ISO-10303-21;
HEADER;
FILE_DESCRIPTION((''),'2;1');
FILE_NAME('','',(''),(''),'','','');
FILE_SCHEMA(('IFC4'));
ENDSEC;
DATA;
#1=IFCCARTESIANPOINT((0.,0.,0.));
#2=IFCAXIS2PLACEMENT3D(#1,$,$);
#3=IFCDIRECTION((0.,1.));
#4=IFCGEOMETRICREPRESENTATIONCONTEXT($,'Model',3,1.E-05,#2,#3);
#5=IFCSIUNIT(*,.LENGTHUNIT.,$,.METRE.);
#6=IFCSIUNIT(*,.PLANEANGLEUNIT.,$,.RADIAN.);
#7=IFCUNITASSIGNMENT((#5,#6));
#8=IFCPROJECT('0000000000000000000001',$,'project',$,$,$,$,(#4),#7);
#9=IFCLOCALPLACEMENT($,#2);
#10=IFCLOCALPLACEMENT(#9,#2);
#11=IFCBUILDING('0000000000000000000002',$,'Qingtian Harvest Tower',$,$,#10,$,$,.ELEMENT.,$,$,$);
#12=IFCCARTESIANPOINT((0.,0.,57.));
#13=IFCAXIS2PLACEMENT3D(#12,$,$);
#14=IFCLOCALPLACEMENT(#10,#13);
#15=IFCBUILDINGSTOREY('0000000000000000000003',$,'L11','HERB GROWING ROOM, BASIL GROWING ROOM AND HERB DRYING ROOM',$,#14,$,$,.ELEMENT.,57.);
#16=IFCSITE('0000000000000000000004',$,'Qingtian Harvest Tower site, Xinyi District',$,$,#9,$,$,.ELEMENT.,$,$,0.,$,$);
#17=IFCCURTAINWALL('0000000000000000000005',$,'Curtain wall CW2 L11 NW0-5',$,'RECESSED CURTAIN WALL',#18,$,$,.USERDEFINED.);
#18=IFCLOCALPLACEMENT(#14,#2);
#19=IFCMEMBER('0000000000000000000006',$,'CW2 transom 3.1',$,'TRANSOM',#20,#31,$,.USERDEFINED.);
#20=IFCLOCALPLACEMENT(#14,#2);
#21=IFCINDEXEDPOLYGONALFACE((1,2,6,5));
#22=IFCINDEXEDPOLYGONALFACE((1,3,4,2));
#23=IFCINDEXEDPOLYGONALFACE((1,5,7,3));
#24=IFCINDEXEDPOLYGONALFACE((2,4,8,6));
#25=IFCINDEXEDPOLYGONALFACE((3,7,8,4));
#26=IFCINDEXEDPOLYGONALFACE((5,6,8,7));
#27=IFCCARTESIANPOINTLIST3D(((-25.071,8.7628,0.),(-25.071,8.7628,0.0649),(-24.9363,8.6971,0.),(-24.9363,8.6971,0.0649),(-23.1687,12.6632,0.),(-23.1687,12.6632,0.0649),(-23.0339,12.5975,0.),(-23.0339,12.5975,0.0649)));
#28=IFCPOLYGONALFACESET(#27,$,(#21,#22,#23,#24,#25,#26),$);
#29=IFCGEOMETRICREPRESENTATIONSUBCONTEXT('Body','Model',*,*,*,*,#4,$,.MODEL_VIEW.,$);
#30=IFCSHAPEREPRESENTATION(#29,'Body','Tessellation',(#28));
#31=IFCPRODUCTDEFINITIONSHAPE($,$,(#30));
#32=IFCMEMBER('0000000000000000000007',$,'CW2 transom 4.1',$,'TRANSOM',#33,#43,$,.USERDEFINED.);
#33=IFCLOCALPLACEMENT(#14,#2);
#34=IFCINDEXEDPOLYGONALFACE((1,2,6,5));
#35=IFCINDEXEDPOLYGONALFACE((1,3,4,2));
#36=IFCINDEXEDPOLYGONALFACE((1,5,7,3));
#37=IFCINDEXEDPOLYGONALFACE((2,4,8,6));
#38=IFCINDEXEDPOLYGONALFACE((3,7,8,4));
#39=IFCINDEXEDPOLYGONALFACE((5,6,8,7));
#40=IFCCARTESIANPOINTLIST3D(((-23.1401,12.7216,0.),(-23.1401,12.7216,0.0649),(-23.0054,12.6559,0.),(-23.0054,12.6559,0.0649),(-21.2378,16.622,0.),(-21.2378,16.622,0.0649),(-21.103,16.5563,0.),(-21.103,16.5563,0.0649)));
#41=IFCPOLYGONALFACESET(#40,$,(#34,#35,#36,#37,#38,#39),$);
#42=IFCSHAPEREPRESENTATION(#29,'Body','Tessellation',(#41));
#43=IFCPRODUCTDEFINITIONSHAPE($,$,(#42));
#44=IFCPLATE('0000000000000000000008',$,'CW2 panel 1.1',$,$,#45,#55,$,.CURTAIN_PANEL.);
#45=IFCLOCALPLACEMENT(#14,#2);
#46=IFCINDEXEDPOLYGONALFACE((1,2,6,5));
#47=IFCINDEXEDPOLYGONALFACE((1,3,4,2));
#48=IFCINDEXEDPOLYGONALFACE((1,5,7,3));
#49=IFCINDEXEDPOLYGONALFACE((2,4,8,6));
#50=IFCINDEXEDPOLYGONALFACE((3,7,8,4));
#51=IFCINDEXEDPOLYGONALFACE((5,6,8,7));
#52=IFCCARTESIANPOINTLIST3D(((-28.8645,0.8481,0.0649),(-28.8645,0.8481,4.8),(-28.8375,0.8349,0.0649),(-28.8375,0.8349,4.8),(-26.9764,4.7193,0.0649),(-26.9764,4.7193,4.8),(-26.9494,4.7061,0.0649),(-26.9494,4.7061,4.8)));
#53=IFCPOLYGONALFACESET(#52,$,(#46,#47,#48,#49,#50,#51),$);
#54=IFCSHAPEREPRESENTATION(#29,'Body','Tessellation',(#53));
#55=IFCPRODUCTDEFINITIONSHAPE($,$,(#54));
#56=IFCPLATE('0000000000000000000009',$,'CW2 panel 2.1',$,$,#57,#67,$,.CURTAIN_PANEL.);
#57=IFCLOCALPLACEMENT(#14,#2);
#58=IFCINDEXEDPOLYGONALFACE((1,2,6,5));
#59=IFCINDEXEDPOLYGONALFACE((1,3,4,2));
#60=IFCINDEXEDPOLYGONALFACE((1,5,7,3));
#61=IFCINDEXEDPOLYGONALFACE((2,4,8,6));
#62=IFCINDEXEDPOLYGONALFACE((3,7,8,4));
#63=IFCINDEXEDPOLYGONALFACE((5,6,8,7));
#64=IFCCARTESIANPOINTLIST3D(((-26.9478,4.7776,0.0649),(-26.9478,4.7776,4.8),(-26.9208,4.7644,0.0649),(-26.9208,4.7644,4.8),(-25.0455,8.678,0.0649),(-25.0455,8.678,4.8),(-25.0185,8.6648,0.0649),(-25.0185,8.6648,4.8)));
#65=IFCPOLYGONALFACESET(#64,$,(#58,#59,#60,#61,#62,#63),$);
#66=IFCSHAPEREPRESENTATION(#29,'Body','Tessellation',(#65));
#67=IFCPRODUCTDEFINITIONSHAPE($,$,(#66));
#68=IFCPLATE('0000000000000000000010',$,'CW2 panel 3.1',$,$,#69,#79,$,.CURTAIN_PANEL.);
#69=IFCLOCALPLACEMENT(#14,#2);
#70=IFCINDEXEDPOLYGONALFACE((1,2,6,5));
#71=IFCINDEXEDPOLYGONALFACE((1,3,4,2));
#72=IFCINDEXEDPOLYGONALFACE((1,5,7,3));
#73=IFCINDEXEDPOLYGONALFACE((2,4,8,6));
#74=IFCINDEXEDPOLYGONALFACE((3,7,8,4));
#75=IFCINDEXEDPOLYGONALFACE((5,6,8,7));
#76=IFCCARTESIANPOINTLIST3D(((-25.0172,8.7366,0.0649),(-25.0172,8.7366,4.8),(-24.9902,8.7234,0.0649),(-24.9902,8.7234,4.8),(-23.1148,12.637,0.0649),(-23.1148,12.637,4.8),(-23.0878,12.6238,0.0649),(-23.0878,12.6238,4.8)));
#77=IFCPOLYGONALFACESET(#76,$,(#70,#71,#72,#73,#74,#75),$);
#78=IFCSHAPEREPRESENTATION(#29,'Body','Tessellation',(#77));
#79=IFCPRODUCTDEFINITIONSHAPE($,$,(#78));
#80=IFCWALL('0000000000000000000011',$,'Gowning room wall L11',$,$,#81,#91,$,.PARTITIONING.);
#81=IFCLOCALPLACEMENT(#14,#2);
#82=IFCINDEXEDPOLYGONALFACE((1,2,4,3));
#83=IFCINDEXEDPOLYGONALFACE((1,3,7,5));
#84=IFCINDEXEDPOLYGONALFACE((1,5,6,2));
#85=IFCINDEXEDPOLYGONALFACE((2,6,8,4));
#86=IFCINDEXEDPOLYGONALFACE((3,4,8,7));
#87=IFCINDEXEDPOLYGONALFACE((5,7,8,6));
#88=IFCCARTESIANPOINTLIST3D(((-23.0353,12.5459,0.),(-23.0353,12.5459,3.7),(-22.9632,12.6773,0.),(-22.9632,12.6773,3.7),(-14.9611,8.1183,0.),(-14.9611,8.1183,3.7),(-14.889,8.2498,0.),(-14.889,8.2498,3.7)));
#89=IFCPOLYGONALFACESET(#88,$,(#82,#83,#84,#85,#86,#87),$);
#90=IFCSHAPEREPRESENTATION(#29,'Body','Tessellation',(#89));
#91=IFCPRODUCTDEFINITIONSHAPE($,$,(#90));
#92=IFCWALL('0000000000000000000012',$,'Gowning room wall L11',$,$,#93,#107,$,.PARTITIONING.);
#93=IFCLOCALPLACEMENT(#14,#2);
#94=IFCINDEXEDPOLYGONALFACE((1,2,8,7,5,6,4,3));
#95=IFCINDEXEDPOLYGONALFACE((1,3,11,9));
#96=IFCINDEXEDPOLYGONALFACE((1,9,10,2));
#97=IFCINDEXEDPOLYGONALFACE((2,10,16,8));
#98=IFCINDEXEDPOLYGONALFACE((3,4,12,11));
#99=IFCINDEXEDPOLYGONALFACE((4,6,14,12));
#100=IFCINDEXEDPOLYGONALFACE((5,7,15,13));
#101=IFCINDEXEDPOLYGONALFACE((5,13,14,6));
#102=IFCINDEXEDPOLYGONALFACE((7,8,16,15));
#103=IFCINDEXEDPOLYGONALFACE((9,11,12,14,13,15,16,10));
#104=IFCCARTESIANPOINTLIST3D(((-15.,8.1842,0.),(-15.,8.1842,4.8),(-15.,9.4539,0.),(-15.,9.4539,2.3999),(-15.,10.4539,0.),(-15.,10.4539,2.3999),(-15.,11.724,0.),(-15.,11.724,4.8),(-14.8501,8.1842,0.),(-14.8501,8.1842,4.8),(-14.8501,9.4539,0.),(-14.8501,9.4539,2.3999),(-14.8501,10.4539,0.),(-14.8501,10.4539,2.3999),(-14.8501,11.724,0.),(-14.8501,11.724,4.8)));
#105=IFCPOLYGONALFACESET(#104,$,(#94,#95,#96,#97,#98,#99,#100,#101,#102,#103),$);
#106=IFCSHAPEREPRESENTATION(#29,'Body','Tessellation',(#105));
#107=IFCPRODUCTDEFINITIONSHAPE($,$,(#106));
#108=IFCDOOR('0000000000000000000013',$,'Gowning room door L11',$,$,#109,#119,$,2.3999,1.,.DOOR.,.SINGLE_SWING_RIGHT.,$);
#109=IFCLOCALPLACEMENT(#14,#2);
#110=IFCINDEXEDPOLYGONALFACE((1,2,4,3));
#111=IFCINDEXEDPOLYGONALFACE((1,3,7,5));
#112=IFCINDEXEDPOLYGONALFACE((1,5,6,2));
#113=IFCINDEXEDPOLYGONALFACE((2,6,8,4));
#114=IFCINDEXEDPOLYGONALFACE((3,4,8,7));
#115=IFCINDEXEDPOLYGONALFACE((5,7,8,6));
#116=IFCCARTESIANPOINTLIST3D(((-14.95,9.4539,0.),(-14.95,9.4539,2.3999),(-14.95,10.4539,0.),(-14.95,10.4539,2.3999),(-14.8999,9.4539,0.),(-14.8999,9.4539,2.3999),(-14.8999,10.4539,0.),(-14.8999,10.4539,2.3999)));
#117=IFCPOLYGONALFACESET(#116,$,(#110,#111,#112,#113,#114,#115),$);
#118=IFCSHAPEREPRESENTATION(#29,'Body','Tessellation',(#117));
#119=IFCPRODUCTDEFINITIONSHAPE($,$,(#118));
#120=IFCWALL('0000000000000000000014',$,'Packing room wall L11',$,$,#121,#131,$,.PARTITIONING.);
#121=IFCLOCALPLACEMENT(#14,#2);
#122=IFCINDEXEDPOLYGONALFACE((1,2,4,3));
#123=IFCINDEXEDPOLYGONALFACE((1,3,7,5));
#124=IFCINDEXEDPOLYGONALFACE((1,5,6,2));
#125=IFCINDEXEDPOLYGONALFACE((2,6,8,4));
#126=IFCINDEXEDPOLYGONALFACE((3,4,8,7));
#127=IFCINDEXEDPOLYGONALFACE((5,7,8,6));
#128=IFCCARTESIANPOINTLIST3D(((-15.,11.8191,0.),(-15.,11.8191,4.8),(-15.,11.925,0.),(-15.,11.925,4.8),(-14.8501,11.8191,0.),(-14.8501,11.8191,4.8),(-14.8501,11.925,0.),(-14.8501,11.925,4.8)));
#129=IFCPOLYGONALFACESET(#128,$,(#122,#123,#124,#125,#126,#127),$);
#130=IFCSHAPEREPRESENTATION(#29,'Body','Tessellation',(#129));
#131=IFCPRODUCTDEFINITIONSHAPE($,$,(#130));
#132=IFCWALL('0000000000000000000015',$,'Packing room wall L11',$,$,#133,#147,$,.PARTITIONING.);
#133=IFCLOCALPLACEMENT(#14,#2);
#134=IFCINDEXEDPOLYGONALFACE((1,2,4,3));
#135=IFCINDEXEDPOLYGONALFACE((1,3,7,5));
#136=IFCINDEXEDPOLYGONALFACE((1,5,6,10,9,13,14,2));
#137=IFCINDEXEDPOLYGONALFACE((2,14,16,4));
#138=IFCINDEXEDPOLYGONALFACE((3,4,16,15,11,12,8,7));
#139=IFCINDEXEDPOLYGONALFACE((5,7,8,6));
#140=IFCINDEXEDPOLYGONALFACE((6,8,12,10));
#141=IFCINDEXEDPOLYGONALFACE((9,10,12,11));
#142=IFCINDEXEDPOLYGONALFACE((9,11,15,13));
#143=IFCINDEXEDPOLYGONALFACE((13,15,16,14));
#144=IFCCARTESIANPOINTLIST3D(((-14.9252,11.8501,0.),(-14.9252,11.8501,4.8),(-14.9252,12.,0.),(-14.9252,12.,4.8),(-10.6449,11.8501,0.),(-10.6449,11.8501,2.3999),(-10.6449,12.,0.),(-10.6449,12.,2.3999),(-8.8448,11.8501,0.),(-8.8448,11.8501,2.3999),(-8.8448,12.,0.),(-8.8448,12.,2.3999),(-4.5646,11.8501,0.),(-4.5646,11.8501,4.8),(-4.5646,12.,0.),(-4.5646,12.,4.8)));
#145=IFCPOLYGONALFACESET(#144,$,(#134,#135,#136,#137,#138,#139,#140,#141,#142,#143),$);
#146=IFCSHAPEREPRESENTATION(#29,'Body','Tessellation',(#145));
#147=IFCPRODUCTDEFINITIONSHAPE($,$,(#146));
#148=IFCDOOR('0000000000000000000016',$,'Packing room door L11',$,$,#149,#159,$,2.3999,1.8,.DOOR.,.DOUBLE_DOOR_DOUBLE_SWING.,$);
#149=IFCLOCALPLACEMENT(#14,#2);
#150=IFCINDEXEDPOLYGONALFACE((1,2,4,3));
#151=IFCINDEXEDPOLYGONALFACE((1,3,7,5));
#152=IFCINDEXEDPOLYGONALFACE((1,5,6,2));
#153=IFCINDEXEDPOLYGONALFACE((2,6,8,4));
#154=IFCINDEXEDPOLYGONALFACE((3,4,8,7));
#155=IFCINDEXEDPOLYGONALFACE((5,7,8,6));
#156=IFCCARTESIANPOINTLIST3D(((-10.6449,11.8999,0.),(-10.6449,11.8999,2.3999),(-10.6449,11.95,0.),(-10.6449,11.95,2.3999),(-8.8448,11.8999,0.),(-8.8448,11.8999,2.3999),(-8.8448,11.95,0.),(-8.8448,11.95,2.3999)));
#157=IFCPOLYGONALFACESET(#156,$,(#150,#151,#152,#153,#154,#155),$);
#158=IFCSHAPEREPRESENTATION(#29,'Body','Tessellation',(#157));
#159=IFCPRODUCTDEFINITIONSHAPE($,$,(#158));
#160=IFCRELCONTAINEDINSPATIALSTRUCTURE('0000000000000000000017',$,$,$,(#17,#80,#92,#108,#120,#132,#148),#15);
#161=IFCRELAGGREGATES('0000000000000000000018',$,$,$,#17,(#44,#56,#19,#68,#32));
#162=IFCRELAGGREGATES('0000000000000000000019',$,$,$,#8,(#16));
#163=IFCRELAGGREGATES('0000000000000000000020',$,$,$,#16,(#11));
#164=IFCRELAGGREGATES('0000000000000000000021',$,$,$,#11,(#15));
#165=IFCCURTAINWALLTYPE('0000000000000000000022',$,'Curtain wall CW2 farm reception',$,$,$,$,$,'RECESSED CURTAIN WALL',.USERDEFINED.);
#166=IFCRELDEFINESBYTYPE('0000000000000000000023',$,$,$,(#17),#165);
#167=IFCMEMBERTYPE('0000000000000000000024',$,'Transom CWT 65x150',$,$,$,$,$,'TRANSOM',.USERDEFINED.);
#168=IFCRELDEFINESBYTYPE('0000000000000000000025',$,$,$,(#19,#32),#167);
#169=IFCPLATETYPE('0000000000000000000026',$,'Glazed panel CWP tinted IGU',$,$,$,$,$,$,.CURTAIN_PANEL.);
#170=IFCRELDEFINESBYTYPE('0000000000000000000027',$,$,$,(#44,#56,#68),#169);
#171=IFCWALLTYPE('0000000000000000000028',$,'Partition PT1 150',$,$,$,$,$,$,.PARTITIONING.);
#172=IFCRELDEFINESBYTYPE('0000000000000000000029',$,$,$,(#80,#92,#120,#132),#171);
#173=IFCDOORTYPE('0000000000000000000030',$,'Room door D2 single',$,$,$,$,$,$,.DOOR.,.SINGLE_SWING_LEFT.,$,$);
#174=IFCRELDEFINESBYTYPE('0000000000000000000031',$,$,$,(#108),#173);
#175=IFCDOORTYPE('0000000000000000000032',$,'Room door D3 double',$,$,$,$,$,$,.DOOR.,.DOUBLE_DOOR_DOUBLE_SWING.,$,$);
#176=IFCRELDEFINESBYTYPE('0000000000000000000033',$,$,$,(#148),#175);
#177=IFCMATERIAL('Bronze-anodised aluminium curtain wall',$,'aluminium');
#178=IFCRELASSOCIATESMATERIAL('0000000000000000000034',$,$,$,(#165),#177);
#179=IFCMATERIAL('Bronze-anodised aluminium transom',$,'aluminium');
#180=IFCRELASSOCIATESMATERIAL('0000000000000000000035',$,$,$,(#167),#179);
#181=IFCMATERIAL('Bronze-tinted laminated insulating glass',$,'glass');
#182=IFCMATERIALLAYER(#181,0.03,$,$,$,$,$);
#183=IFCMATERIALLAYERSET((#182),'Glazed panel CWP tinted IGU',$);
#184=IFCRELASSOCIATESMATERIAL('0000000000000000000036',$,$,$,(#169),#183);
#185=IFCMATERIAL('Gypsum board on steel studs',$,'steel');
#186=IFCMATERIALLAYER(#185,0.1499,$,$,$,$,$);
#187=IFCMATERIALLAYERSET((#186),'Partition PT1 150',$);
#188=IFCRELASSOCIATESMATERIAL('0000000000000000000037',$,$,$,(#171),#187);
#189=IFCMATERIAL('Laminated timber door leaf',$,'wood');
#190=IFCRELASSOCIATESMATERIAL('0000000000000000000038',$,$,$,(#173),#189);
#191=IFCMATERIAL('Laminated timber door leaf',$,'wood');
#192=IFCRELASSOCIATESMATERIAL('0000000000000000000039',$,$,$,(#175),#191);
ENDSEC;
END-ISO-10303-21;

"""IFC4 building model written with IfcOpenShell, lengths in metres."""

from ifc_helpers import new_model, si_unit, direction, frame, frame_2d, origin, origin_2d, place, context, subcontext, project, spatial, rectangle, extrude, material, layer, layer_set, material_profile, profile_set, type_object, element, fill, aggregate, save


model = new_model("IFC4")

# Units and contexts
model_context = context("Model", 3, precision=1e-05, world=origin(), true_north=direction((0.0, 1.0)))
body_context = subcontext(model_context, "Body", "Model", "MODEL_VIEW")
ifc_project = project(units=[si_unit("LENGTHUNIT", "METRE"), si_unit("PLANEANGLEUNIT", "RADIAN")], contexts=[model_context])

# Site, building, storey
site_placement = place(None, origin())
site = spatial("IfcSite", under=ifc_project, at=site_placement, Name="Qingtian Harvest Tower site, Xinyi District", CompositionType="ELEMENT", RefElevation=0.0)
building_placement = place(site_placement, origin())
building = spatial("IfcBuilding", under=site, at=building_placement, Name="Qingtian Harvest Tower", CompositionType="ELEMENT")
storey_placement = place(building_placement, frame((0.0, 0.0, 57.0)))
storey = spatial("IfcBuildingStorey", under=building, at=storey_placement, Name="L11", Description="HERB GROWING ROOM, BASIL GROWING ROOM AND HERB DRYING ROOM", CompositionType="ELEMENT", Elevation=57.0)

# Shared definitions
ifc_material_1 = material(Name="Bronze-anodised aluminium curtain wall", Category="aluminium")
curtain_wall_type = type_object("IfcCurtainWallType", Name="Curtain wall CW2 farm reception", ElementType="RECESSED CURTAIN WALL", PredefinedType="USERDEFINED", material=ifc_material_1)

# Curtain wall
curtain_wall_1_placement = place(storey_placement, origin())
curtain_wall_1 = element("IfcCurtainWall", 1, at=curtain_wall_1_placement, inside=storey, type_object=curtain_wall_type, Name="Curtain wall CW2 L11 NW0-5", ObjectType="RECESSED CURTAIN WALL", PredefinedType="USERDEFINED")

# Members
ifc_material_2 = material(Name="Bronze-anodised aluminium transom", Category="aluminium")
ifc_material_profile_1 = material_profile(ifc_material_2, rectangle(XDim=0.1499, YDim=0.0649, at=origin_2d()), Name="AL 65x150")
ifc_profile_set_1 = profile_set([ifc_material_profile_1], Name="Bronze-anodised aluminium transom")
member_type_1 = type_object("IfcMemberType", Name="Transom CWT 65x150", ElementType="TRANSOM", PredefinedType="USERDEFINED", material=ifc_profile_set_1)
member_1_placement = place(storey_placement, frame((-25.0037, 8.73, 0.0325), z_axis=(0.43837, 0.898794, 0.0), x_axis=(-0.898794, 0.43837, 0.0)))
member_1 = element("IfcMember", 2, at=member_1_placement, type_object=member_type_1, Name="CW2 transom 3.1", ObjectType="TRANSOM", PredefinedType="USERDEFINED", context=body_context, shape_type="SweptSolid", body=[
    extrude(rectangle(XDim=0.1499, YDim=0.0649, at=origin_2d()), origin(), (0.0, 0.0, 1.0), 4.3396),
])
member_2_placement = place(storey_placement, frame((-23.0728, 12.6887, 0.0325), z_axis=(0.43837, 0.898794, 0.0), x_axis=(-0.898794, 0.43837, 0.0)))
member_2 = element("IfcMember", 3, at=member_2_placement, type_object=member_type_1, Name="CW2 transom 4.1", ObjectType="TRANSOM", PredefinedType="USERDEFINED", context=body_context, shape_type="SweptSolid", body=[
    extrude(rectangle(XDim=0.1499, YDim=0.0649, at=origin_2d()), origin(), (0.0, 0.0, 1.0), 4.3396),
])

# Plates
ifc_material_3 = material(Name="Bronze-tinted laminated insulating glass", Category="glass")
ifc_layer_1 = layer(ifc_material_3, 0.03)
ifc_layer_set_1 = layer_set([ifc_layer_1], Name="Glazed panel CWP tinted IGU")
plate_type = type_object("IfcPlateType", Name="Glazed panel CWP tinted IGU", PredefinedType="CURTAIN_PANEL", material=ifc_layer_set_1)
plate_1_placement = place(storey_placement, frame((-27.907, 2.7771, 0.0649), z_axis=(0.0, 0.0, 1.0), x_axis=(0.438371, 0.898794, 0.0)))
plate_1 = element("IfcPlate", 4, at=plate_1_placement, type_object=plate_type, Name="CW2 panel 1.1", PredefinedType="CURTAIN_PANEL", context=body_context, shape_type="SweptSolid", body=[
    extrude(rectangle(XDim=4.3071, YDim=0.03, at=origin_2d()), origin(), (0.0, 0.0, 1.0), 4.7351),
])
plate_2_placement = place(storey_placement, frame((-25.9832, 6.7212, 0.0649), z_axis=(0.0, 0.0, 1.0), x_axis=(0.438371, 0.898794, 0.0)))
plate_2 = element("IfcPlate", 5, at=plate_2_placement, type_object=plate_type, Name="CW2 panel 2.1", PredefinedType="CURTAIN_PANEL", context=body_context, shape_type="SweptSolid", body=[
    extrude(rectangle(XDim=4.3396, YDim=0.03, at=origin_2d()), origin(), (0.0, 0.0, 1.0), 4.7351),
])
plate_3_placement = place(storey_placement, frame((-24.0525, 10.6802, 0.0649), z_axis=(0.0, 0.0, 1.0), x_axis=(0.438371, 0.898794, 0.0)))
plate_3 = element("IfcPlate", 6, at=plate_3_placement, type_object=plate_type, Name="CW2 panel 3.1", PredefinedType="CURTAIN_PANEL", context=body_context, shape_type="SweptSolid", body=[
    extrude(rectangle(XDim=4.3396, YDim=0.03, at=origin_2d()), origin(), (0.0, 0.0, 1.0), 4.7351),
])
aggregate(curtain_wall_1, [plate_1, plate_2, member_1, plate_3, member_2])

# Wall
ifc_material_4 = material(Name="Gypsum board on steel studs", Category="steel")
ifc_layer_2 = layer(ifc_material_4, 0.1499)
ifc_layer_set_2 = layer_set([ifc_layer_2], Name="Partition PT1 150")
wall_type = type_object("IfcWallType", Name="Partition PT1 150", PredefinedType="PARTITIONING", material=ifc_layer_set_2)
wall_1_placement = place(storey_placement, frame((-22.9993, 12.6116, 0.0), z_axis=(0.0, 0.0, 1.0), x_axis=(0.876826, -0.480807, 0.0)))
element("IfcWall", 7, at=wall_1_placement, inside=storey, type_object=wall_type, Name="Gowning room wall L11", PredefinedType="PARTITIONING", context=body_context, shape_type="SweptSolid", body=[
    extrude(rectangle(XDim=9.2085, YDim=0.1499, at=frame_2d((4.6042, 0.0))), origin(), (0.0, 0.0, 1.0), 3.7),
])

# Wall, opening, door
wall_2_placement = place(storey_placement, frame((-14.925, 8.1841, 0.0), z_axis=(0.0, 0.0, 1.0), x_axis=(0.0, 1.0, 0.0)))
wall_2 = element("IfcWall", 8, at=wall_2_placement, inside=storey, type_object=wall_type, Name="Gowning room wall L11", PredefinedType="PARTITIONING", context=body_context, shape_type="SweptSolid", body=[
    extrude(rectangle(XDim=3.5398, YDim=0.1499, at=frame_2d((1.77, 0.0))), origin(), (0.0, 0.0, 1.0), 4.8),
])
opening_1_placement = place(wall_2_placement, frame((1.2698, 0.0, 0.0)))
opening_1 = element("IfcOpeningElement", 9, at=opening_1_placement, cuts=wall_2, PredefinedType="OPENING", context=body_context, shape_type="SweptSolid", body=[
    extrude(rectangle(XDim=1.0, YDim=2.3999, at=frame_2d((0.5, 1.2))), frame((0.0, 0.085, 0.0), z_axis=(0.0, -1.0, 0.0), x_axis=(1.0, 0.0, 0.0)), (0.0, 0.0, 1.0), 0.1699),
])
ifc_material_5 = material(Name="Laminated timber door leaf", Category="wood")
door_type_1 = type_object("IfcDoorType", Name="Room door D2 single", OperationType="SINGLE_SWING_LEFT", PredefinedType="DOOR", material=ifc_material_5)
door_1_placement = place(opening_1_placement, origin())
door_1 = element("IfcDoor", 10, at=door_1_placement, inside=storey, type_object=door_type_1, Name="Gowning room door L11", OperationType="SINGLE_SWING_RIGHT", OverallHeight=2.3999, OverallWidth=1.0, PredefinedType="DOOR", context=body_context, shape_type="SweptSolid", body=[
    extrude(rectangle(XDim=1.0, YDim=2.3999, at=frame_2d((0.5, 1.2))), frame((0.0, 0.0249, 0.0), z_axis=(0.0, -1.0, 0.0), x_axis=(1.0, 0.0, 0.0)), (0.0, 0.0, 1.0), 0.05),
])
fill(opening_1, door_1)

# Wall
wall_3_placement = place(storey_placement, frame((-14.925, 11.8191, 0.0), z_axis=(0.0, 0.0, 1.0), x_axis=(0.0, 1.0, 0.0)))
element("IfcWall", 11, at=wall_3_placement, inside=storey, type_object=wall_type, Name="Packing room wall L11", PredefinedType="PARTITIONING", context=body_context, shape_type="SweptSolid", body=[
    extrude(rectangle(XDim=0.106, YDim=0.1499, at=frame_2d((0.053, 0.0))), origin(), (0.0, 0.0, 1.0), 4.8),
])

# Wall, opening, door
wall_4_placement = place(storey_placement, frame((-14.925, 11.925, 0.0), z_axis=(0.0, 0.0, 1.0), x_axis=(1.0, 0.0, 0.0)))
wall_4 = element("IfcWall", 12, at=wall_4_placement, inside=storey, type_object=wall_type, Name="Packing room wall L11", PredefinedType="PARTITIONING", context=body_context, shape_type="SweptSolid", body=[
    extrude(rectangle(XDim=10.3606, YDim=0.1499, at=frame_2d((5.1802, 0.0))), origin(), (0.0, 0.0, 1.0), 4.8),
])
opening_2_placement = place(wall_4_placement, frame((4.2803, 0.0, 0.0)))
opening_2 = element("IfcOpeningElement", 13, at=opening_2_placement, cuts=wall_4, PredefinedType="OPENING", context=body_context, shape_type="SweptSolid", body=[
    extrude(rectangle(XDim=1.8, YDim=2.3999, at=frame_2d((0.8999, 1.2))), frame((0.0, 0.085, 0.0), z_axis=(0.0, -1.0, 0.0), x_axis=(1.0, 0.0, 0.0)), (0.0, 0.0, 1.0), 0.1699),
])
ifc_material_6 = material(Name="Laminated timber door leaf", Category="wood")
door_type_2 = type_object("IfcDoorType", Name="Room door D3 double", OperationType="DOUBLE_DOOR_DOUBLE_SWING", PredefinedType="DOOR", material=ifc_material_6)
door_2_placement = place(opening_2_placement, origin())
door_2 = element("IfcDoor", 14, at=door_2_placement, inside=storey, type_object=door_type_2, Name="Packing room door L11", OperationType="DOUBLE_DOOR_DOUBLE_SWING", OverallHeight=2.3999, OverallWidth=1.8, PredefinedType="DOOR", context=body_context, shape_type="SweptSolid", body=[
    extrude(rectangle(XDim=1.8, YDim=2.3999, at=frame_2d((0.8999, 1.2))), frame((0.0, 0.0249, 0.0), z_axis=(0.0, -1.0, 0.0), x_axis=(1.0, 0.0, 0.0)), (0.0, 0.0, 1.0), 0.05),
])
fill(opening_2, door_2)

save(model, "model.ifc")
